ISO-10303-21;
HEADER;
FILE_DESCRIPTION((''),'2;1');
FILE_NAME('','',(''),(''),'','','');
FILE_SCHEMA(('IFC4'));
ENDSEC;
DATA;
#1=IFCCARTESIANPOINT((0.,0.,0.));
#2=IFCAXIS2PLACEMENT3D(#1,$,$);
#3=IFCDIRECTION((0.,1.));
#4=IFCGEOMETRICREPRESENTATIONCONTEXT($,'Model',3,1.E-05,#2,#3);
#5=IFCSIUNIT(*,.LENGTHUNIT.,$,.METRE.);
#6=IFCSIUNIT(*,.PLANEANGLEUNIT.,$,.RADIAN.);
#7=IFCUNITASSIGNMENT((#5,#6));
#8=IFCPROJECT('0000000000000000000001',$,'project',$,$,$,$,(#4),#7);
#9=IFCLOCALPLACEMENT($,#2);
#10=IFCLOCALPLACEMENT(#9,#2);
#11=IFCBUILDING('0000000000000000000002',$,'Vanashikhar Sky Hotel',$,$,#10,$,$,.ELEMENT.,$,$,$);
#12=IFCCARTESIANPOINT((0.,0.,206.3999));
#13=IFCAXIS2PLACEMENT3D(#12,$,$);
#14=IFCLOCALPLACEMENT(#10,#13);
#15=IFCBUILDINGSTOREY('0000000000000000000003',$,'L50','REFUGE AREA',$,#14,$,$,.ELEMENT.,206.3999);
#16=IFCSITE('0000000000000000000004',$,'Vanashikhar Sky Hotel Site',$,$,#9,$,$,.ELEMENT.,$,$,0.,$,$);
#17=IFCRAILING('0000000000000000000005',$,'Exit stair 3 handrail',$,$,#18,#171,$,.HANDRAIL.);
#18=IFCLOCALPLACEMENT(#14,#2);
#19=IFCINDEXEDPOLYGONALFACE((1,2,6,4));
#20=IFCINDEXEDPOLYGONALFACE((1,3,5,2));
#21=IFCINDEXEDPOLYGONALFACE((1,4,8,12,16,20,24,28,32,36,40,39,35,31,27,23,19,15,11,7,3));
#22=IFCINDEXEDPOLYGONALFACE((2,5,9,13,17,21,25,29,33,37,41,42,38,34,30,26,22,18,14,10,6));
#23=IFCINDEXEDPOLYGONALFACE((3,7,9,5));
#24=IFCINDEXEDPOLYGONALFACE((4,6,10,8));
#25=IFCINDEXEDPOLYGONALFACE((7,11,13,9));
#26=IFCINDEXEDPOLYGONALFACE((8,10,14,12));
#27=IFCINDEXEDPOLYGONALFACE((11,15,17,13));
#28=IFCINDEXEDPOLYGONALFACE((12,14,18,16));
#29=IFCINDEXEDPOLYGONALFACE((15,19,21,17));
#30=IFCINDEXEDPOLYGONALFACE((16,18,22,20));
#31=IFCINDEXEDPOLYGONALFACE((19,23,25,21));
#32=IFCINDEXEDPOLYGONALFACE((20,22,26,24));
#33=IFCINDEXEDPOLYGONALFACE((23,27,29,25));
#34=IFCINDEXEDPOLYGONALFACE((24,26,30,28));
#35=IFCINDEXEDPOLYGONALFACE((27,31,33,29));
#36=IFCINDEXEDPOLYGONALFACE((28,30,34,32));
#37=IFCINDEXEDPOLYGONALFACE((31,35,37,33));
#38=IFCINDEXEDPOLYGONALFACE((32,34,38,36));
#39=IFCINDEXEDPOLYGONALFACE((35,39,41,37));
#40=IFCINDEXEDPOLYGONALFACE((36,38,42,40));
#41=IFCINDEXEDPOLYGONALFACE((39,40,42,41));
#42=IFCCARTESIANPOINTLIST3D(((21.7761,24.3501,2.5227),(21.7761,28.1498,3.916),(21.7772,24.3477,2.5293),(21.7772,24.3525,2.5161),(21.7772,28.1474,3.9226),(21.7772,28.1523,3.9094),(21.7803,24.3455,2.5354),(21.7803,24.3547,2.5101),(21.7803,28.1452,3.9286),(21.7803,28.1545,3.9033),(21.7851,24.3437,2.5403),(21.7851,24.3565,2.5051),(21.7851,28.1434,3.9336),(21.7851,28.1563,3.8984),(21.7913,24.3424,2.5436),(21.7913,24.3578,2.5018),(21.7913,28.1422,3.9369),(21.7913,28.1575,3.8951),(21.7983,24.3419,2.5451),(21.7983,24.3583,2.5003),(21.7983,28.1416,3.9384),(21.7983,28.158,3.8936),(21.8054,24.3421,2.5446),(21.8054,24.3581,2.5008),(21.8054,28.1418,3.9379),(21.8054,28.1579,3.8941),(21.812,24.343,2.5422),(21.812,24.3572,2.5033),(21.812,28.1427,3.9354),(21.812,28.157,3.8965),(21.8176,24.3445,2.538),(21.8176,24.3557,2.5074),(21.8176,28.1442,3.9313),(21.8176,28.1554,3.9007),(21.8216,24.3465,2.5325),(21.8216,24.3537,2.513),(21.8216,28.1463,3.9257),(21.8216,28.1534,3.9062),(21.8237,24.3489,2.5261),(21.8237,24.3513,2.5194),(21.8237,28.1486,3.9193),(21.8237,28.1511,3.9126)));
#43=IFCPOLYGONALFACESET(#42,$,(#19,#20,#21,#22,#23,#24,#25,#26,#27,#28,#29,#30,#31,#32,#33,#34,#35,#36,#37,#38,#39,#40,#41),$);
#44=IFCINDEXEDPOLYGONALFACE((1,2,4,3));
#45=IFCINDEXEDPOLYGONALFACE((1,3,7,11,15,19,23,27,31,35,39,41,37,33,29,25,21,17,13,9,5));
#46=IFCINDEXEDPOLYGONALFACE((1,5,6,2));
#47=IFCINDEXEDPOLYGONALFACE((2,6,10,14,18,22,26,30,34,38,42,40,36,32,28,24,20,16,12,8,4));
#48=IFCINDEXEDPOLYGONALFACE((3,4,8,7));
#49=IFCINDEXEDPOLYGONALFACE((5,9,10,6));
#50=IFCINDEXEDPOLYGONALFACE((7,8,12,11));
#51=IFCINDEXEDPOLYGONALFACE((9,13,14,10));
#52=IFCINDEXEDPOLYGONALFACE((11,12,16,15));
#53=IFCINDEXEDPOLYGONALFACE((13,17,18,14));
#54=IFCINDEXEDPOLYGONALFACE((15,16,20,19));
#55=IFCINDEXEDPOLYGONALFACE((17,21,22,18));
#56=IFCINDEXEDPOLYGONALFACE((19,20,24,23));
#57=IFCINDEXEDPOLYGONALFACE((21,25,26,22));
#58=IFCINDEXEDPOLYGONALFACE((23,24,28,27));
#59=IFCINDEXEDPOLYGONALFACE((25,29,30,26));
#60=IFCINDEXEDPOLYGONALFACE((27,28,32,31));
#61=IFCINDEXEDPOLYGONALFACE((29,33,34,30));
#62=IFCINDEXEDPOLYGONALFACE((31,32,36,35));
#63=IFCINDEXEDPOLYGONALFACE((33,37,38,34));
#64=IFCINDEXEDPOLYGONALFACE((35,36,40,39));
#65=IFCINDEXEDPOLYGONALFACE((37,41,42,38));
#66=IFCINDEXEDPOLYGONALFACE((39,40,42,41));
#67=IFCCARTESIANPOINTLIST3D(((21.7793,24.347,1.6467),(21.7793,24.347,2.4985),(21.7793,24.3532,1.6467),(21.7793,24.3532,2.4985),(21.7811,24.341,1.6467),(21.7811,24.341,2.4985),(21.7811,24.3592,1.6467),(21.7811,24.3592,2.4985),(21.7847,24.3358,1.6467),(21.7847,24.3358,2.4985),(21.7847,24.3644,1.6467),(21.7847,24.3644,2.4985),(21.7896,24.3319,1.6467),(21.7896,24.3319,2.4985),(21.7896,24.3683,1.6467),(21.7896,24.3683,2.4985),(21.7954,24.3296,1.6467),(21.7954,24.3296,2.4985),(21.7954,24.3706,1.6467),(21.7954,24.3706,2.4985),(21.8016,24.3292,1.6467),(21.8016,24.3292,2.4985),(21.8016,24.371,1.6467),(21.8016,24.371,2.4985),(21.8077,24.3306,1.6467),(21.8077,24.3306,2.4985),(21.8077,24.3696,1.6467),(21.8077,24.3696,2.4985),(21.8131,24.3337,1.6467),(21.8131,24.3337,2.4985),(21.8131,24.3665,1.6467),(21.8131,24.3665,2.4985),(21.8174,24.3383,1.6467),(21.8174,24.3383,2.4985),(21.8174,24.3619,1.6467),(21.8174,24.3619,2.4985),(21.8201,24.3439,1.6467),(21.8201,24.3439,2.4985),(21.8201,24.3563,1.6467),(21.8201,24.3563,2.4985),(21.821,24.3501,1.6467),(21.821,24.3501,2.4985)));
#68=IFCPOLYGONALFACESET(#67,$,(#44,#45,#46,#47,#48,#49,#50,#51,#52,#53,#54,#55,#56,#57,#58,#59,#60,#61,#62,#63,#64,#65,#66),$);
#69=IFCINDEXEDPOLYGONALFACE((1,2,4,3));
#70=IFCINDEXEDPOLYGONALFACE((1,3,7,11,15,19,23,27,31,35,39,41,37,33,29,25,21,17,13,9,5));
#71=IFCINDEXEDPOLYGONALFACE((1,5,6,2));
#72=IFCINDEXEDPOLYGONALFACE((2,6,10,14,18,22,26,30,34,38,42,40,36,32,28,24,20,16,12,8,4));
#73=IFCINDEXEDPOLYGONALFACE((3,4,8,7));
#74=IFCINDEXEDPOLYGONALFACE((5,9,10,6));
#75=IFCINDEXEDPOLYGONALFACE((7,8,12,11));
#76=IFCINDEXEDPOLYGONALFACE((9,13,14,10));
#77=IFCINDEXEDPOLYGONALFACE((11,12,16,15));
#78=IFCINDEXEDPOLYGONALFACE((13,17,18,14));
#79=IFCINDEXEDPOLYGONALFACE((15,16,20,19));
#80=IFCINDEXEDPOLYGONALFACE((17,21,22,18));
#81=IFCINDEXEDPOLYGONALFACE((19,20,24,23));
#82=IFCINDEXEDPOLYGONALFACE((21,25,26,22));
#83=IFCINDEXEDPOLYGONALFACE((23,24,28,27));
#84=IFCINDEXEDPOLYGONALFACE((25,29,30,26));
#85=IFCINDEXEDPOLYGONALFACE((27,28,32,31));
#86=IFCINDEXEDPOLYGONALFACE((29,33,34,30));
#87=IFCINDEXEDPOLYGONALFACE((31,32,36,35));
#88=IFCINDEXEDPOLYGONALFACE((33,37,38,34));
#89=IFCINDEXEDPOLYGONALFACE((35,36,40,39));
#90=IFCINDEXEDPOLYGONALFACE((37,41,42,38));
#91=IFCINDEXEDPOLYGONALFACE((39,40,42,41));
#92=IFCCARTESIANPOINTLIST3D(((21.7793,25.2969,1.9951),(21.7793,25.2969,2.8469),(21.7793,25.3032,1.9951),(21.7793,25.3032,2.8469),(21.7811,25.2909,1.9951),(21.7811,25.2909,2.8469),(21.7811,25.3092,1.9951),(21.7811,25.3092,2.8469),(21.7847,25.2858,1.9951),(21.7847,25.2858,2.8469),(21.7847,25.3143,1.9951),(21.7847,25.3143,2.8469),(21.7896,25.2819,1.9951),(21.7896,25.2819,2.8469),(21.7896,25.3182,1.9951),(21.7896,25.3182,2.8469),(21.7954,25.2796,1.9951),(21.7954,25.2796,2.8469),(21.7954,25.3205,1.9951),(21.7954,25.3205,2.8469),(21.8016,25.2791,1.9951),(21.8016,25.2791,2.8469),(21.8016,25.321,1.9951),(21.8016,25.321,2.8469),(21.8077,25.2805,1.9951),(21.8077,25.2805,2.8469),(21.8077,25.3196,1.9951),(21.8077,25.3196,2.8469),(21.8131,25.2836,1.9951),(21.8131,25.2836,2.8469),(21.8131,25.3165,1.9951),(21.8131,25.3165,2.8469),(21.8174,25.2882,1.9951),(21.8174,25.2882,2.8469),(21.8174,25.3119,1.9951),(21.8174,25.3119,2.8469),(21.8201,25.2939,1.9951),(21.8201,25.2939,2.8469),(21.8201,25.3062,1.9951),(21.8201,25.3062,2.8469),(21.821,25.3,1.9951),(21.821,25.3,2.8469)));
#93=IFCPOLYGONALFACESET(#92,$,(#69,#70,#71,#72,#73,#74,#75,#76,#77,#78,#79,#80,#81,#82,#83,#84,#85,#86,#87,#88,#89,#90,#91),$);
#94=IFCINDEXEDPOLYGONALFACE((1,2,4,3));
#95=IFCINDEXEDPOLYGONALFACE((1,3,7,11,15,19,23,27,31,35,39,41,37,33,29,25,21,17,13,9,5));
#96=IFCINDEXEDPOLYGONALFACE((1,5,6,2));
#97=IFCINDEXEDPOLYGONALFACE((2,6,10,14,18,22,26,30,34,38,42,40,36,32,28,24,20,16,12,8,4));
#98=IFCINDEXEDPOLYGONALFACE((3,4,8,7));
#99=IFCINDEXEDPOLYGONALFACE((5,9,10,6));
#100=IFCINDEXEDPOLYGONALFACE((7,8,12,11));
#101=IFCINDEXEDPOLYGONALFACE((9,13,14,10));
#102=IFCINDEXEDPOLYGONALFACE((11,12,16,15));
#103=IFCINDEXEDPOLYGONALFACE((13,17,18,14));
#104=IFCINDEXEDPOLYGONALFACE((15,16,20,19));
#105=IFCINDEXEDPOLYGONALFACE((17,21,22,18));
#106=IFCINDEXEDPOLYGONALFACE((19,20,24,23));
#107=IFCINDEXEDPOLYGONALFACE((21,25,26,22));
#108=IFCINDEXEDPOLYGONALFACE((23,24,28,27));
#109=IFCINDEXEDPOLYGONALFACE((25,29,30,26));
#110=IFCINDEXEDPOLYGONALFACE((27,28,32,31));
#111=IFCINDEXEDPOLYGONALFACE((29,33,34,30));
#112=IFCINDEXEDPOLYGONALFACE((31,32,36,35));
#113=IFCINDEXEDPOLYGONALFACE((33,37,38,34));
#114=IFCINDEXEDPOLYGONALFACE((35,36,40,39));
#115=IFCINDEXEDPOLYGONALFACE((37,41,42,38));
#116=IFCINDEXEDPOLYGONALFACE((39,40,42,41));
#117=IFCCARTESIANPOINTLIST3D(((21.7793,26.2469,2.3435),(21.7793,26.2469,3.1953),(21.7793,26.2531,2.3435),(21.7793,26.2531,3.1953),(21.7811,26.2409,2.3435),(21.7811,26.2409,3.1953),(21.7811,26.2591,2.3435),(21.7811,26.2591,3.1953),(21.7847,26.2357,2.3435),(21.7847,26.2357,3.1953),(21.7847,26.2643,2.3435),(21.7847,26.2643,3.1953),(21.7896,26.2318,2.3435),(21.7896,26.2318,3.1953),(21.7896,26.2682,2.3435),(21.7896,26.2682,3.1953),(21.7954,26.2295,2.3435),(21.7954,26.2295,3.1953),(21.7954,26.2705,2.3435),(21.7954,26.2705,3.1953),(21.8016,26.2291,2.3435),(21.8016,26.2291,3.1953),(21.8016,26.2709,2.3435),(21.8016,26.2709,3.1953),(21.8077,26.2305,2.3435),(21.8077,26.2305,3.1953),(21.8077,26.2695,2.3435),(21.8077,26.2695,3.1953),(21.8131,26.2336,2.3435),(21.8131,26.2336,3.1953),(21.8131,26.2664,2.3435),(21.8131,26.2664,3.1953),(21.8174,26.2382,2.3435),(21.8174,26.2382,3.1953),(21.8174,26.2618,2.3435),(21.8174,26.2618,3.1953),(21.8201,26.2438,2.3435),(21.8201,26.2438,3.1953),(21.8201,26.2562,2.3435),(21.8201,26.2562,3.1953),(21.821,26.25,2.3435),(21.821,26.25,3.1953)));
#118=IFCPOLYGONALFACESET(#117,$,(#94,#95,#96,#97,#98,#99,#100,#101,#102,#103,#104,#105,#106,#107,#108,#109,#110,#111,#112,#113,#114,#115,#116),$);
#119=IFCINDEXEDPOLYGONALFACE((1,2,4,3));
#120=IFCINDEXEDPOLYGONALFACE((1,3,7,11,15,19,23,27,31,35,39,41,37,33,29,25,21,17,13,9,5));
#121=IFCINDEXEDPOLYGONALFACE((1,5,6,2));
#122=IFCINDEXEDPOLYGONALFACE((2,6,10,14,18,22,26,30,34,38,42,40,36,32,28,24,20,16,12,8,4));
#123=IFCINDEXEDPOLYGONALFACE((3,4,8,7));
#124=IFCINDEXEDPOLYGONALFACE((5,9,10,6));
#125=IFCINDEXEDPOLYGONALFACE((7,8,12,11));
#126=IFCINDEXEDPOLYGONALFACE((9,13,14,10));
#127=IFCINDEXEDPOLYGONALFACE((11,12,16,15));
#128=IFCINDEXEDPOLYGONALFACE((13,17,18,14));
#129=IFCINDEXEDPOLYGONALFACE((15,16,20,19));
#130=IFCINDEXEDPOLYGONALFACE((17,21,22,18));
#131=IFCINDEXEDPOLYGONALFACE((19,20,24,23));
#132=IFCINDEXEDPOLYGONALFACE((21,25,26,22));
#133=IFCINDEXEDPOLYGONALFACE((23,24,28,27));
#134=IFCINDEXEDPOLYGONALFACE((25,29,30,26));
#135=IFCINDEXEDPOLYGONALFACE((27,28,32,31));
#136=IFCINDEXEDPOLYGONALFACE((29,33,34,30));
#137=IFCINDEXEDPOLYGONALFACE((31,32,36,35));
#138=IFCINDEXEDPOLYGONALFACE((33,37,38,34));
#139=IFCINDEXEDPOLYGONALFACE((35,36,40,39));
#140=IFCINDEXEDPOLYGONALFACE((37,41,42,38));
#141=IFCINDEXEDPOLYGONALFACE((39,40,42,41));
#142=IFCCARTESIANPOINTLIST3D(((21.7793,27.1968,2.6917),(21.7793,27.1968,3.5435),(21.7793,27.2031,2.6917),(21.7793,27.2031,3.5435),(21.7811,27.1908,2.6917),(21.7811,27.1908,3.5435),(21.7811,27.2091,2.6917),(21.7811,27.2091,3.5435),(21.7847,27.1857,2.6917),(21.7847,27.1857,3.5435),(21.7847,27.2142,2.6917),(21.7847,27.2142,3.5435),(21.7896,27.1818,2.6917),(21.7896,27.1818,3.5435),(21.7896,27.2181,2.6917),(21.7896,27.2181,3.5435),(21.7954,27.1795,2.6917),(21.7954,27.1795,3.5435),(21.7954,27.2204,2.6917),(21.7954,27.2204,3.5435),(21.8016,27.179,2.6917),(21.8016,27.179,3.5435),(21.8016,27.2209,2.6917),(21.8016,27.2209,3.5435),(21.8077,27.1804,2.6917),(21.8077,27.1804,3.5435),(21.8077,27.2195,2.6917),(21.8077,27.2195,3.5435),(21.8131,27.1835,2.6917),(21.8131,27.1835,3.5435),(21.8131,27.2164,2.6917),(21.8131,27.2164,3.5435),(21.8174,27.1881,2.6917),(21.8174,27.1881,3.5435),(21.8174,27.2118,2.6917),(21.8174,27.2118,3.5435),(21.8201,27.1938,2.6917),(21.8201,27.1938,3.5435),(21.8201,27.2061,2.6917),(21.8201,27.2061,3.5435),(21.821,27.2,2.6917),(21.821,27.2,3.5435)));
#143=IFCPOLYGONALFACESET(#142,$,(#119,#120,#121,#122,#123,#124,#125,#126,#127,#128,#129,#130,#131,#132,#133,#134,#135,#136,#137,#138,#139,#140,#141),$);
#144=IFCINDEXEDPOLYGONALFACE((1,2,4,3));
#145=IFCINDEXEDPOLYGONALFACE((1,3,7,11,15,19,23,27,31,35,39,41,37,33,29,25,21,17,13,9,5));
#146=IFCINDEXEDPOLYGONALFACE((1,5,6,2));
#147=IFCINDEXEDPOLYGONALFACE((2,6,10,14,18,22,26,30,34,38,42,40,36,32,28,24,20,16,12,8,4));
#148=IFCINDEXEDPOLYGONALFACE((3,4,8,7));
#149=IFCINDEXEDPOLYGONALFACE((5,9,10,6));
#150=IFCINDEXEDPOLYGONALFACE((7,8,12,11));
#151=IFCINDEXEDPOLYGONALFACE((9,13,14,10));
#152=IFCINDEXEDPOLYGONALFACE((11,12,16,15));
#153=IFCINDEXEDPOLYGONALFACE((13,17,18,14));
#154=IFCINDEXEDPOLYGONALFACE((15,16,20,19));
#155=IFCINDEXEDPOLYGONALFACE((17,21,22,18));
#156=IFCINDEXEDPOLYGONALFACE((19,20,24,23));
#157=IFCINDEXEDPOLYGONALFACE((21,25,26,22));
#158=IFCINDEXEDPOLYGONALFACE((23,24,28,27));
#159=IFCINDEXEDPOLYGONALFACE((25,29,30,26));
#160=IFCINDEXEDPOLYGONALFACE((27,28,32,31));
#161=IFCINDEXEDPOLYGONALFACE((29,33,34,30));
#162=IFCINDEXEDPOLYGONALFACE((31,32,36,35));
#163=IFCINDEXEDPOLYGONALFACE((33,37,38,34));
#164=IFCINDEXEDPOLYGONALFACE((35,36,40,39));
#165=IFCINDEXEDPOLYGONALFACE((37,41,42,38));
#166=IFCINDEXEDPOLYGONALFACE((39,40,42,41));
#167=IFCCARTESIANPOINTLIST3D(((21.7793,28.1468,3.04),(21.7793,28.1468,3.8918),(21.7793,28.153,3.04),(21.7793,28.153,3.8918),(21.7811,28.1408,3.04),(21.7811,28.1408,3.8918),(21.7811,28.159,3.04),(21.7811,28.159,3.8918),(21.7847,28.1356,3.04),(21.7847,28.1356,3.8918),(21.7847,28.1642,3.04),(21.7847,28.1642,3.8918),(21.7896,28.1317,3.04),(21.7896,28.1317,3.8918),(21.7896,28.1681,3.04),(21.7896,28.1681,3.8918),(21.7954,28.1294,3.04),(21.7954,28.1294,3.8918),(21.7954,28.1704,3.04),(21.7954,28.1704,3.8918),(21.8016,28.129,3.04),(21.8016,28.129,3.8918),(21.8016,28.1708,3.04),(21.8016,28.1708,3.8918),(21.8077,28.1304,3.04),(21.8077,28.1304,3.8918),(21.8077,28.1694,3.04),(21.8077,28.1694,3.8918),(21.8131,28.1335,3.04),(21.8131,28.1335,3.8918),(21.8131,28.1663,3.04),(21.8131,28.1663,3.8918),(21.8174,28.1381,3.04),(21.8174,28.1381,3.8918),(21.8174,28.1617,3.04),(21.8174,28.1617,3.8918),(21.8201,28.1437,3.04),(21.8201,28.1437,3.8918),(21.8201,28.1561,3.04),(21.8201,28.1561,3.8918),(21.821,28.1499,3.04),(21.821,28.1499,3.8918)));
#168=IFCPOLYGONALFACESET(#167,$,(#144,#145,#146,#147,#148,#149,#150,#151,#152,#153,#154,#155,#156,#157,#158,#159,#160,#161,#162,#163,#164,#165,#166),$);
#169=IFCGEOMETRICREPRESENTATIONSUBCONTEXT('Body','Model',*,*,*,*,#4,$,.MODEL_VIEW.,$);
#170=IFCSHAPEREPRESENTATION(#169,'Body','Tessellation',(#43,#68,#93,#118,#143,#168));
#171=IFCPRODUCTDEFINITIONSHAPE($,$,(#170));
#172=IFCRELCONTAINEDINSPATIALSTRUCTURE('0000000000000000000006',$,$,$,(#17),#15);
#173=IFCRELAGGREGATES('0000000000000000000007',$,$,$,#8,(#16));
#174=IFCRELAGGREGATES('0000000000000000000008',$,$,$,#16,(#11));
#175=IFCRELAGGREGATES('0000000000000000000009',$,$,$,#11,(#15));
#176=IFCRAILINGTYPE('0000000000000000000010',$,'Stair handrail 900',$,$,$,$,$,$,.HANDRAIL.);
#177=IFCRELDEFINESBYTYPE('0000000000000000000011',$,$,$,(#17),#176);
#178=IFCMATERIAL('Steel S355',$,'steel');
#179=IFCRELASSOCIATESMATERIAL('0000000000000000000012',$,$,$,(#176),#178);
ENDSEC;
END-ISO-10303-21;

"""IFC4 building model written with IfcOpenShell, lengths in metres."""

from ifc_helpers import new_model, si_unit, direction, frame, origin, origin_2d, place, context, subcontext, project, spatial, circle, extrude, source, transform, mapped, material, type_object, element, save


model = new_model("IFC4")

# Units and contexts
model_context = context("Model", 3, precision=1e-05, world=origin(), true_north=direction((0.0, 1.0)))
body_context = subcontext(model_context, "Body", "Model", "MODEL_VIEW")
ifc_project = project(units=[si_unit("LENGTHUNIT", "METRE"), si_unit("PLANEANGLEUNIT", "RADIAN")], contexts=[model_context])

# Site, building, storey
site_placement = place(None, origin())
site = spatial("IfcSite", under=ifc_project, at=site_placement, Name="Vanashikhar Sky Hotel Site", CompositionType="ELEMENT", RefElevation=0.0)
building_placement = place(site_placement, origin())
building = spatial("IfcBuilding", under=site, at=building_placement, Name="Vanashikhar Sky Hotel", CompositionType="ELEMENT")
storey_placement = place(building_placement, frame((0.0, 0.0, 206.3999)))
storey = spatial("IfcBuildingStorey", under=building, at=storey_placement, Name="L50", Description="REFUGE AREA", CompositionType="ELEMENT", Elevation=206.3999)

# Railing
ifc_material_1 = material(Name="Steel S355", Category="steel")
railing_type_1 = type_object("IfcRailingType", Name="Stair handrail 900", PredefinedType="HANDRAIL", material=ifc_material_1)
shared_shape_1 = source(origin(), body_context, "Body", "SweptSolid", [
    extrude(circle(Radius=0.0239, at=origin_2d()), frame((0.0, 0.0, 0.876), z_axis=(0.0, 0.938872, 0.344265), x_axis=(-1.0, 0.0, 0.0)), (0.0, 0.0, 1.0), 4.0471),
    extrude(circle(Radius=0.021, at=origin_2d()), origin(), (0.0, 0.0, 1.0), 0.8518),
    extrude(circle(Radius=0.021, at=origin_2d()), frame((0.0, 0.95, 0.3484)), (0.0, 0.0, 1.0), 0.8518),
    extrude(circle(Radius=0.021, at=origin_2d()), frame((0.0, 1.8999, 0.6968)), (0.0, 0.0, 1.0), 0.8518),
    extrude(circle(Radius=0.021, at=origin_2d()), frame((0.0, 2.8499, 1.0449)), (0.0, 0.0, 1.0), 0.8518),
    extrude(circle(Radius=0.021, at=origin_2d()), frame((0.0, 3.7998, 1.3933)), (0.0, 0.0, 1.0), 0.8518),
])
for number, where, name in (
    (1, (21.8, 24.3501, 1.6467), "Exit stair 3 handrail"),
):
    element("IfcRailing", number, at=place(storey_placement, frame(where)), inside=storey, type_object=railing_type_1, Name=name, PredefinedType="HANDRAIL", context=body_context, shape_type="MappedRepresentation", body=[
        mapped(shared_shape_1, transform((0.0, 0.0, 0.0), scale=1.0)),
    ])

save(model, "model.ifc")
